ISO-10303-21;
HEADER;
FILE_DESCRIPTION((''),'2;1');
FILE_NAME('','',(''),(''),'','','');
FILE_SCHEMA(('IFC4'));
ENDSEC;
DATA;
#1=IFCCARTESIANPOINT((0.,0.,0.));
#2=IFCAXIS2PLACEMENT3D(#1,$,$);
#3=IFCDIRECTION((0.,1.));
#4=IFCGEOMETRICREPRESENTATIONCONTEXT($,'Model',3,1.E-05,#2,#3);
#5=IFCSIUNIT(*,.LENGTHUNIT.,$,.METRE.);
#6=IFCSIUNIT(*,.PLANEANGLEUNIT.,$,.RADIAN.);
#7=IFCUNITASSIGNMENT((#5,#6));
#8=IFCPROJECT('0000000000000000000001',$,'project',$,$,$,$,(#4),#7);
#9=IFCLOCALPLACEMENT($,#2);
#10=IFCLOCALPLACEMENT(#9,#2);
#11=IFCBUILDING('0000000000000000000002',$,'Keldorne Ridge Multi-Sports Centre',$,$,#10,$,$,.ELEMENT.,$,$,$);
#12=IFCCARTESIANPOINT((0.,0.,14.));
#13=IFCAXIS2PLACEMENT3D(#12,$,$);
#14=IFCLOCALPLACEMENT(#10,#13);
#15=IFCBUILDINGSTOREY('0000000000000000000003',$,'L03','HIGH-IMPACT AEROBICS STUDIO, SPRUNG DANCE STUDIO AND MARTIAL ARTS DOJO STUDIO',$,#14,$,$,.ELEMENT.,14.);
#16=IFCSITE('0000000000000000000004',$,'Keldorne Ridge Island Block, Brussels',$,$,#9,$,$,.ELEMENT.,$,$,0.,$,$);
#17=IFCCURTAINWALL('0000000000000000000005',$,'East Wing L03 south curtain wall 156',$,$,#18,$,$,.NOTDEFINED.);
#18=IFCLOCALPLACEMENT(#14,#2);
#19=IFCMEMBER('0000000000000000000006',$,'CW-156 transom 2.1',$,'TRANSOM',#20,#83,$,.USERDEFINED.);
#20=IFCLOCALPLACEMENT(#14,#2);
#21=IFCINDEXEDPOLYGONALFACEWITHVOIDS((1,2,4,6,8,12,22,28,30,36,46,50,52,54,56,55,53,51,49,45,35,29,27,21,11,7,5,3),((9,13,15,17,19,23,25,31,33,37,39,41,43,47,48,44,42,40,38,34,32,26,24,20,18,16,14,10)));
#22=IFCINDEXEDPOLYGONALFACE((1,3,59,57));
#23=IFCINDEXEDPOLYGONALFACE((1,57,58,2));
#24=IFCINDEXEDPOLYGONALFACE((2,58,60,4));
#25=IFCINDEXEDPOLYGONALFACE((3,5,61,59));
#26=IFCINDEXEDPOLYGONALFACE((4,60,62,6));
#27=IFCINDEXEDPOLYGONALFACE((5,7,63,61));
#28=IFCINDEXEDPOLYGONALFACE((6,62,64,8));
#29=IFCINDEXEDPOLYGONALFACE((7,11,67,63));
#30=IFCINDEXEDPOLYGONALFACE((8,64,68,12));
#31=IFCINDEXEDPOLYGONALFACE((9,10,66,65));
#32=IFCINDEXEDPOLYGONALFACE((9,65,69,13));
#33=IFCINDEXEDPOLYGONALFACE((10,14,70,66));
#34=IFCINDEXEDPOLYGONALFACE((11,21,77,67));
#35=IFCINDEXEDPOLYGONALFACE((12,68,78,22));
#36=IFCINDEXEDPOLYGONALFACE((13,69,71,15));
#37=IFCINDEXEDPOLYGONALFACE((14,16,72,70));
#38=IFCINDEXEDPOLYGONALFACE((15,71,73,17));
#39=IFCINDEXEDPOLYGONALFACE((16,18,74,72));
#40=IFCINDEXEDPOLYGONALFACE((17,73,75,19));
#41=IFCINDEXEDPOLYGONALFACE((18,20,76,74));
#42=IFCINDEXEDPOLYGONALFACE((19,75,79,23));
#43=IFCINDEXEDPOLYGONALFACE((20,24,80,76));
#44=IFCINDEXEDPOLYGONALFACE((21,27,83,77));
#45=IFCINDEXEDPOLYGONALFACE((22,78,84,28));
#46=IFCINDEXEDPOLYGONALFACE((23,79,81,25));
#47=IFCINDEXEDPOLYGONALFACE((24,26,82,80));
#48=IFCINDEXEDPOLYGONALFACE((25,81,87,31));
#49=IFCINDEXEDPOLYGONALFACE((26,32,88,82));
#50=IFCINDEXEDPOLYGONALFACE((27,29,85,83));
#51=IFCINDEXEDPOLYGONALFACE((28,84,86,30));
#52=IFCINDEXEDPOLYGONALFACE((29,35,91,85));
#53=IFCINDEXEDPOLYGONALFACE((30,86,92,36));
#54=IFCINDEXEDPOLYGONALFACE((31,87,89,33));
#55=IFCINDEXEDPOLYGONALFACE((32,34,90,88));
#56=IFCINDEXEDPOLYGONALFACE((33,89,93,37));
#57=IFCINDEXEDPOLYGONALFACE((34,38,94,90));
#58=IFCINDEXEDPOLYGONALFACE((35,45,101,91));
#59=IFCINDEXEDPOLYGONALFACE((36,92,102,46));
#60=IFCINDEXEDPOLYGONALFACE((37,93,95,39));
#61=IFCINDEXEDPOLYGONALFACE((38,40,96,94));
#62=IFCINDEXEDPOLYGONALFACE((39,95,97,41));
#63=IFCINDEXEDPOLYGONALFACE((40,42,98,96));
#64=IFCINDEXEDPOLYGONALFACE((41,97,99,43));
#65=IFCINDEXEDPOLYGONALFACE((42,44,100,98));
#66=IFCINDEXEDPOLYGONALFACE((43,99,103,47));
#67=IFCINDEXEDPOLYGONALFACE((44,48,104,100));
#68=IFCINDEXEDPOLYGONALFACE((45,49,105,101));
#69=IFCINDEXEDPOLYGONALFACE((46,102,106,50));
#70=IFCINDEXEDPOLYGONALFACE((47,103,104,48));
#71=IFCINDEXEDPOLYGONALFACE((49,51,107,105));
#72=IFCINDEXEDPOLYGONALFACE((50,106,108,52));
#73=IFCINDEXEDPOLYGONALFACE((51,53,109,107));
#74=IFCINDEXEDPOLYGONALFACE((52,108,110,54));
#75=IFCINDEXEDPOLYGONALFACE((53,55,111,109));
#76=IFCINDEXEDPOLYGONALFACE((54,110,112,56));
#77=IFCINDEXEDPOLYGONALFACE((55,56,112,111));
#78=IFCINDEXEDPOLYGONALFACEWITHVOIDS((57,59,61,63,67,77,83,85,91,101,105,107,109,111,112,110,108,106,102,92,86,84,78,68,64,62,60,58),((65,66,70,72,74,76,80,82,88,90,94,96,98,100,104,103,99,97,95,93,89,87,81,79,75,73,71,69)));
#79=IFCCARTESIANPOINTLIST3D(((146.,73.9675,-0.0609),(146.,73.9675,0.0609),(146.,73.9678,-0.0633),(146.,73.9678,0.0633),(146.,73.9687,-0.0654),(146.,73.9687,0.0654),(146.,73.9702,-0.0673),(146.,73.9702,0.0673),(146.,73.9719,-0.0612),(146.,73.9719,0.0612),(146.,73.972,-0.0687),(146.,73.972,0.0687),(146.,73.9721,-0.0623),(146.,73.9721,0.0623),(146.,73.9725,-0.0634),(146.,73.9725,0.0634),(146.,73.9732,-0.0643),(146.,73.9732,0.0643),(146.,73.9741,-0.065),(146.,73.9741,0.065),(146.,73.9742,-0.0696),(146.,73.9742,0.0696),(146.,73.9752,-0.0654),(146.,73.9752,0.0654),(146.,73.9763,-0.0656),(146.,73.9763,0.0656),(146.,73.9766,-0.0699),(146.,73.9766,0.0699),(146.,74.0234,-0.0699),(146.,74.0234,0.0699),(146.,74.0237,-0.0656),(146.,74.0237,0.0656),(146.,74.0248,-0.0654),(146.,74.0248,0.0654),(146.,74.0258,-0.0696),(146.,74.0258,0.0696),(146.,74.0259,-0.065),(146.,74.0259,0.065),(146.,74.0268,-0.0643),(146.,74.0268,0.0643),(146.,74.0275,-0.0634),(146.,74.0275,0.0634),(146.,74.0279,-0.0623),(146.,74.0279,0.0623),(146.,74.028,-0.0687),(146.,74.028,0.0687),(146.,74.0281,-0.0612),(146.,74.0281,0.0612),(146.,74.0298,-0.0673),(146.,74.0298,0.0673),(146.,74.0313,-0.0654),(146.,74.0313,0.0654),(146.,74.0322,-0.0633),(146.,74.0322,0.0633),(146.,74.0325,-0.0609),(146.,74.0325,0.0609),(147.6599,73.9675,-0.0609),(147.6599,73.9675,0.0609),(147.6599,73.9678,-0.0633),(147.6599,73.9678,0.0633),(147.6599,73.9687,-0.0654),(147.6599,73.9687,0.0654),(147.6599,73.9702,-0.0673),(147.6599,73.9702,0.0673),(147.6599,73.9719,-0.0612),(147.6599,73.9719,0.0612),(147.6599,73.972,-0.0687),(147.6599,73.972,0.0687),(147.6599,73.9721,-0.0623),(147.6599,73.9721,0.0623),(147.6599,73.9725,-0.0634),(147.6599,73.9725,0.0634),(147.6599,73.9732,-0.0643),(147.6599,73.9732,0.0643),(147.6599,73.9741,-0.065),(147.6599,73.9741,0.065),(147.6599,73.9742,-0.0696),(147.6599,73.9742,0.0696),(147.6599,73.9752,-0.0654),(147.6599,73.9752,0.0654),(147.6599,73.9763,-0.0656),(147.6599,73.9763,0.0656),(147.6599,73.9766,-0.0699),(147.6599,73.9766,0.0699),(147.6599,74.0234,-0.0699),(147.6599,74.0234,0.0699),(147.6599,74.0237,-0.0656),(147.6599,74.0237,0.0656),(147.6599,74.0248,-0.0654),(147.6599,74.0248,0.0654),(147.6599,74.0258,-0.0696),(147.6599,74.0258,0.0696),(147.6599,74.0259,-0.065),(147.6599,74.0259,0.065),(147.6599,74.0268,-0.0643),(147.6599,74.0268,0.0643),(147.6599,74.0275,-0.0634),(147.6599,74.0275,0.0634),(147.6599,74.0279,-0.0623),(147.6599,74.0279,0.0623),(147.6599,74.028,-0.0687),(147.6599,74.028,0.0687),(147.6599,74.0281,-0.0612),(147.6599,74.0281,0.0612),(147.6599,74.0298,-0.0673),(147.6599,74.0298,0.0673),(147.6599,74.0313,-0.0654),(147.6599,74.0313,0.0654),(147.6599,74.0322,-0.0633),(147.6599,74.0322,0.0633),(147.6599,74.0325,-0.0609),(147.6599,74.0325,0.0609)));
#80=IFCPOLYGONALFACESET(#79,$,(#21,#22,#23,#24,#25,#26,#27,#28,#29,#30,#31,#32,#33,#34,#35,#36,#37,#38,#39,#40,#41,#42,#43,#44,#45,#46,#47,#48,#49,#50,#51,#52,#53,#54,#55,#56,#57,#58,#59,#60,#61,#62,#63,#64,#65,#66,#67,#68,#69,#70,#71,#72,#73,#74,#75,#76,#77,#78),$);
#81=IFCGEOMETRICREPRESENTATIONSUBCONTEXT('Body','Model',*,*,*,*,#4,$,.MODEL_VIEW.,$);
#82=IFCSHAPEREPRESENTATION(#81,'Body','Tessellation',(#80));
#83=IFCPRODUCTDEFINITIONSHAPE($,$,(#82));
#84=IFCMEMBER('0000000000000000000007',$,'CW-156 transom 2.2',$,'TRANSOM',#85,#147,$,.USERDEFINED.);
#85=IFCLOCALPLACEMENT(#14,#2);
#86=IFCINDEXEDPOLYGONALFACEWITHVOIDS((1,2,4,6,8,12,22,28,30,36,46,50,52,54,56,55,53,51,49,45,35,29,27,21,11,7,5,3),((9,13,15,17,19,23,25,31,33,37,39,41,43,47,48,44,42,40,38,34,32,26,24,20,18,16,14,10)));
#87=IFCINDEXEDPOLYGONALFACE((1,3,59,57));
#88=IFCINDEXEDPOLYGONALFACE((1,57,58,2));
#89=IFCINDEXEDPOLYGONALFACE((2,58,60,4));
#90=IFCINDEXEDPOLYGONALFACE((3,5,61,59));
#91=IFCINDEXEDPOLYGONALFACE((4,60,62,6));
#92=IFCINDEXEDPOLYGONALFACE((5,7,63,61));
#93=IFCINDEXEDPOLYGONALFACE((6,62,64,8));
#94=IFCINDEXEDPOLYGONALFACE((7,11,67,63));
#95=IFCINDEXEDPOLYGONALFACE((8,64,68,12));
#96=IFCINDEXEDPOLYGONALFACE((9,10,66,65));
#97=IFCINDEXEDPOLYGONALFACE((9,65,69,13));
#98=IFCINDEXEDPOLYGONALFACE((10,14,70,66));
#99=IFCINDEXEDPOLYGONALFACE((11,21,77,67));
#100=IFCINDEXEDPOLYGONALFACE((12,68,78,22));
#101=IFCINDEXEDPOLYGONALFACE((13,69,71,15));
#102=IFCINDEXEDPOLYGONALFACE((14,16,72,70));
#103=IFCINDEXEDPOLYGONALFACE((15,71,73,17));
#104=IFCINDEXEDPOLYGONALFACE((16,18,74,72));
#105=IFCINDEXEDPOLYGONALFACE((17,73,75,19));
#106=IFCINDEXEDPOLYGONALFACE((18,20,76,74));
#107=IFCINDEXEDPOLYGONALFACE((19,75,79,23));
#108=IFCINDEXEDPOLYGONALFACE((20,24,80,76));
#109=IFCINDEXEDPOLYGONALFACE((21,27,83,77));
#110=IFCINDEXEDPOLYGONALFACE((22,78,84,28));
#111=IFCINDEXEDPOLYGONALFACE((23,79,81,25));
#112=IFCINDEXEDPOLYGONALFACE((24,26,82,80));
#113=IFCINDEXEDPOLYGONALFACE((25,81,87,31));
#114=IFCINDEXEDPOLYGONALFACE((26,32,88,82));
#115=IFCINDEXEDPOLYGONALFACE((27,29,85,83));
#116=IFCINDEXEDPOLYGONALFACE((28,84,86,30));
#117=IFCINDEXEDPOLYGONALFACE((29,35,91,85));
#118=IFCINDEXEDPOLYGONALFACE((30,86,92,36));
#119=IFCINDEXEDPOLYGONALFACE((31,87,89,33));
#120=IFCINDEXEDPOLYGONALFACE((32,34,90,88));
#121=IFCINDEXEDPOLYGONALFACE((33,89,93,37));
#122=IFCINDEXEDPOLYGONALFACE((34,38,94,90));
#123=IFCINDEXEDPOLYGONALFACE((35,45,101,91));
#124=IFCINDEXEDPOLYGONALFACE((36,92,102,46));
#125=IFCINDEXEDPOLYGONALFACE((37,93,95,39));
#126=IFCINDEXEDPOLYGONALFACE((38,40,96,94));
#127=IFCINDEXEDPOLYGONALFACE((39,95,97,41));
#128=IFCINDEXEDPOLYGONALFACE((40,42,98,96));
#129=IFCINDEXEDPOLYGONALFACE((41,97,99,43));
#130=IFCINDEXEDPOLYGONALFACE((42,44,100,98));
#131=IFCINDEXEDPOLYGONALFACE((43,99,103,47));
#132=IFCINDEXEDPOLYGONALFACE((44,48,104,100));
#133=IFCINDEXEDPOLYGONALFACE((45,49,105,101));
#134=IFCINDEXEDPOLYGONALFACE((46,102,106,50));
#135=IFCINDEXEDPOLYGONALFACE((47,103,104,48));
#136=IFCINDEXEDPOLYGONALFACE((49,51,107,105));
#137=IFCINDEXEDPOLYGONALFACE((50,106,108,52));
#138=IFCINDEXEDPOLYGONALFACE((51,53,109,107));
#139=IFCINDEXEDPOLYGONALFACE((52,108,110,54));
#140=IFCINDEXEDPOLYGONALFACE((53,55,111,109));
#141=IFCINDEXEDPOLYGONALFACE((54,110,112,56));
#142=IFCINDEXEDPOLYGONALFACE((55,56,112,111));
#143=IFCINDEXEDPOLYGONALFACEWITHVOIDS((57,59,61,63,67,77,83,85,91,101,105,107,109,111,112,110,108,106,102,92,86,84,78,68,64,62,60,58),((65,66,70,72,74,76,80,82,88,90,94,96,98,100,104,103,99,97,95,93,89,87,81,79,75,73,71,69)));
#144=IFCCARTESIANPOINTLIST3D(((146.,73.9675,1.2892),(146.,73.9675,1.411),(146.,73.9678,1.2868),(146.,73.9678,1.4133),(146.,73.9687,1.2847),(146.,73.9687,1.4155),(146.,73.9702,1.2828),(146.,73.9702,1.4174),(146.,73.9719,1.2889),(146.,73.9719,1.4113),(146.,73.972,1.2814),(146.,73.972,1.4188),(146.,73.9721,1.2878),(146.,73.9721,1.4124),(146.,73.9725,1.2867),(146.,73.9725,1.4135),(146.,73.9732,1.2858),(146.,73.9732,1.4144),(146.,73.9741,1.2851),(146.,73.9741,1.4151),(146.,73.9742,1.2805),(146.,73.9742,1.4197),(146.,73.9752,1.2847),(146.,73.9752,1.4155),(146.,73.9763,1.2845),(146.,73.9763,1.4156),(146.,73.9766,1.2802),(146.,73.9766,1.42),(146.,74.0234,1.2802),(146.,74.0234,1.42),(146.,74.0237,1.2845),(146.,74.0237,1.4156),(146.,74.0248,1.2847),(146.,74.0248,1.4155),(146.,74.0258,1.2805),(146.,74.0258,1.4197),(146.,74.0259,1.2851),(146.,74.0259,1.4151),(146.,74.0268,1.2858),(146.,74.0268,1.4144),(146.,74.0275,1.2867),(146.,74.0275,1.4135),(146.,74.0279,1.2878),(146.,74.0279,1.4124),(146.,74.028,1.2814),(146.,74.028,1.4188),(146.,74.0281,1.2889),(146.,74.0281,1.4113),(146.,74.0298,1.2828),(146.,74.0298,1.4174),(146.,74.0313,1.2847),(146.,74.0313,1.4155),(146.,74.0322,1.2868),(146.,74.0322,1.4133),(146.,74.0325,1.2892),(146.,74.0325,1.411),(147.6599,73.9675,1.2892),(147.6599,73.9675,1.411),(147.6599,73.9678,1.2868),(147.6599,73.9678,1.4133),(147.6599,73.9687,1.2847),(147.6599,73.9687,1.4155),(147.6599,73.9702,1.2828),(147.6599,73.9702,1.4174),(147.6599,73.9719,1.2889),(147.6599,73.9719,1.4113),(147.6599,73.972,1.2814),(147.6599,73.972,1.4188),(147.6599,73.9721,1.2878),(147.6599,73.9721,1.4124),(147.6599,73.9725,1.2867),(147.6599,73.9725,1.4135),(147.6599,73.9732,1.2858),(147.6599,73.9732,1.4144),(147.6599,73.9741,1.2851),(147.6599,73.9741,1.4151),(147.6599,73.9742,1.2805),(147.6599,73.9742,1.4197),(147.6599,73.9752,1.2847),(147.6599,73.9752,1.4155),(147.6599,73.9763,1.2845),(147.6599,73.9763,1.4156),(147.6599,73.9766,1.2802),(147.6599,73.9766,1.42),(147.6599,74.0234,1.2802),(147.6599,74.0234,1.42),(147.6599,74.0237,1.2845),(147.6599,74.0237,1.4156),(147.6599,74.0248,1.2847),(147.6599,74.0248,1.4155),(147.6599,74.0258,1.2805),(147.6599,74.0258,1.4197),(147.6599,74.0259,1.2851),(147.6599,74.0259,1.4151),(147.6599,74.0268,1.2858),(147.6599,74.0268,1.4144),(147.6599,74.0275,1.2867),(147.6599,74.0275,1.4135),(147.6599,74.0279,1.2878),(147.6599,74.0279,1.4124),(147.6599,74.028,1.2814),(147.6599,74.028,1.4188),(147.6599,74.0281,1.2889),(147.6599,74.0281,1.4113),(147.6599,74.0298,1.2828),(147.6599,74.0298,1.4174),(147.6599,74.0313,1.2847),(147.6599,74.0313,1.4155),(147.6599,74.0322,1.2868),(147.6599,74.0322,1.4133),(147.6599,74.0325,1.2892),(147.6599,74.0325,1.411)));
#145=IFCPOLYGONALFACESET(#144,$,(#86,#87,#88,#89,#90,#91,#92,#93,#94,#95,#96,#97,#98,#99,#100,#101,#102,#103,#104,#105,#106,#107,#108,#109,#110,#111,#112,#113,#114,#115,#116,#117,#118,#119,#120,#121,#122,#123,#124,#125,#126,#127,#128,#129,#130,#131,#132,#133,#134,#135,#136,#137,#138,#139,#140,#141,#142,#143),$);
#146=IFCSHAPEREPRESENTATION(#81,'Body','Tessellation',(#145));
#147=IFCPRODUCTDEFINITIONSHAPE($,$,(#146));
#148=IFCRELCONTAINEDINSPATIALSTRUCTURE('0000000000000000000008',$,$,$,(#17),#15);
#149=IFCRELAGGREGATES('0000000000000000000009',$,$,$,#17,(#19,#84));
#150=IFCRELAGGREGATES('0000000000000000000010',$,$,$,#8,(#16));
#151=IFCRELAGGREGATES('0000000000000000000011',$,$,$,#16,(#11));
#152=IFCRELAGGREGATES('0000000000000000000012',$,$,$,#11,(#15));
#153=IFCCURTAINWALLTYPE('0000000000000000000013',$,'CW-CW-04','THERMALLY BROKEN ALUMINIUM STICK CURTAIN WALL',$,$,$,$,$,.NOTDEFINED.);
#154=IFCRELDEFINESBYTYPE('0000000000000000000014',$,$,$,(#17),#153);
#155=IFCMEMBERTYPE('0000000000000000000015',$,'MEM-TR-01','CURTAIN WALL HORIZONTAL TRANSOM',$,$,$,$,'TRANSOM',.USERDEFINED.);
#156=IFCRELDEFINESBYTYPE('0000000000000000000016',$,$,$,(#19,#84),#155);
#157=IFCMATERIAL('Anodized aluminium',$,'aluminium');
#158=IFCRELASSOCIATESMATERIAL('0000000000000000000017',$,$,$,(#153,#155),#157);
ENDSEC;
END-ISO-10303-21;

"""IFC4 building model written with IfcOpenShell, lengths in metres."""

from ifc_helpers import new_model, si_unit, direction, frame, origin, origin_2d, place, context, subcontext, project, spatial, hollow_rectangle, extrude, material, material_profile, profile_set, type_object, element, aggregate, save


model = new_model("IFC4")

# Units and contexts
model_context = context("Model", 3, precision=1e-05, world=origin(), true_north=direction((0.0, 1.0)))
body_context = subcontext(model_context, "Body", "Model", "MODEL_VIEW")
ifc_project = project(units=[si_unit("LENGTHUNIT", "METRE"), si_unit("PLANEANGLEUNIT", "RADIAN")], contexts=[model_context])

# Site, building, storey
site_placement = place(None, origin())
site = spatial("IfcSite", under=ifc_project, at=site_placement, Name="Keldorne Ridge Island Block, Brussels", CompositionType="ELEMENT", RefElevation=0.0)
building_placement = place(site_placement, origin())
building = spatial("IfcBuilding", under=site, at=building_placement, Name="Keldorne Ridge Multi-Sports Centre", CompositionType="ELEMENT")
storey_placement = place(building_placement, frame((0.0, 0.0, 14.0)))
storey = spatial("IfcBuildingStorey", under=building, at=storey_placement, Name="L03", Description="HIGH-IMPACT AEROBICS STUDIO, SPRUNG DANCE STUDIO AND MARTIAL ARTS DOJO STUDIO", CompositionType="ELEMENT", Elevation=14.0)

# Curtain wall, members
ifc_material_1 = material(Name="Anodized aluminium", Category="aluminium")
curtain_wall_type = type_object("IfcCurtainWallType", Name="CW-CW-04", Description="THERMALLY BROKEN ALUMINIUM STICK CURTAIN WALL", PredefinedType="NOTDEFINED", material=ifc_material_1)
curtain_wall_placement = place(storey_placement, origin())
curtain_wall = element("IfcCurtainWall", 1, at=curtain_wall_placement, inside=storey, type_object=curtain_wall_type, Name="East Wing L03 south curtain wall 156", PredefinedType="NOTDEFINED")
ifc_material_profile_1 = material_profile(ifc_material_1, hollow_rectangle(XDim=0.0649, YDim=0.1399, WallThickness=0.0044, InnerFilletRadius=0.0044, OuterFilletRadius=0.009, at=origin_2d()), Name="ALU TRANSOM 140x65x4.5")
ifc_profile_set_1 = profile_set([ifc_material_profile_1], Name="Anodized aluminium")
member_type_1 = type_object("IfcMemberType", Name="MEM-TR-01", Description="CURTAIN WALL HORIZONTAL TRANSOM", ElementType="TRANSOM", PredefinedType="USERDEFINED", material=ifc_profile_set_1)
member_1_placement = place(storey_placement, frame((146.0, 74.0, 0.0), z_axis=(1.0, 0.0, 0.0), x_axis=(0.0, 1.0, 0.0)))
member_1 = element("IfcMember", 2, at=member_1_placement, type_object=member_type_1, Name="CW-156 transom 2.1", ObjectType="TRANSOM", PredefinedType="USERDEFINED", context=body_context, shape_type="SweptSolid", body=[
    extrude(hollow_rectangle(XDim=0.0649, YDim=0.1399, WallThickness=0.0044, InnerFilletRadius=0.0044, OuterFilletRadius=0.009, at=origin_2d()), origin(), (0.0, 0.0, 1.0), 1.6599),
])
member_2_placement = place(storey_placement, frame((146.0, 74.0, 1.3501), z_axis=(1.0, 0.0, 0.0), x_axis=(0.0, 1.0, 0.0)))
member_2 = element("IfcMember", 3, at=member_2_placement, type_object=member_type_1, Name="CW-156 transom 2.2", ObjectType="TRANSOM", PredefinedType="USERDEFINED", context=body_context, shape_type="SweptSolid", body=[
    extrude(hollow_rectangle(XDim=0.0649, YDim=0.1399, WallThickness=0.0044, InnerFilletRadius=0.0044, OuterFilletRadius=0.009, at=origin_2d()), origin(), (0.0, 0.0, 1.0), 1.6599),
])
aggregate(curtain_wall, [member_1, member_2])

save(model, "model.ifc")
